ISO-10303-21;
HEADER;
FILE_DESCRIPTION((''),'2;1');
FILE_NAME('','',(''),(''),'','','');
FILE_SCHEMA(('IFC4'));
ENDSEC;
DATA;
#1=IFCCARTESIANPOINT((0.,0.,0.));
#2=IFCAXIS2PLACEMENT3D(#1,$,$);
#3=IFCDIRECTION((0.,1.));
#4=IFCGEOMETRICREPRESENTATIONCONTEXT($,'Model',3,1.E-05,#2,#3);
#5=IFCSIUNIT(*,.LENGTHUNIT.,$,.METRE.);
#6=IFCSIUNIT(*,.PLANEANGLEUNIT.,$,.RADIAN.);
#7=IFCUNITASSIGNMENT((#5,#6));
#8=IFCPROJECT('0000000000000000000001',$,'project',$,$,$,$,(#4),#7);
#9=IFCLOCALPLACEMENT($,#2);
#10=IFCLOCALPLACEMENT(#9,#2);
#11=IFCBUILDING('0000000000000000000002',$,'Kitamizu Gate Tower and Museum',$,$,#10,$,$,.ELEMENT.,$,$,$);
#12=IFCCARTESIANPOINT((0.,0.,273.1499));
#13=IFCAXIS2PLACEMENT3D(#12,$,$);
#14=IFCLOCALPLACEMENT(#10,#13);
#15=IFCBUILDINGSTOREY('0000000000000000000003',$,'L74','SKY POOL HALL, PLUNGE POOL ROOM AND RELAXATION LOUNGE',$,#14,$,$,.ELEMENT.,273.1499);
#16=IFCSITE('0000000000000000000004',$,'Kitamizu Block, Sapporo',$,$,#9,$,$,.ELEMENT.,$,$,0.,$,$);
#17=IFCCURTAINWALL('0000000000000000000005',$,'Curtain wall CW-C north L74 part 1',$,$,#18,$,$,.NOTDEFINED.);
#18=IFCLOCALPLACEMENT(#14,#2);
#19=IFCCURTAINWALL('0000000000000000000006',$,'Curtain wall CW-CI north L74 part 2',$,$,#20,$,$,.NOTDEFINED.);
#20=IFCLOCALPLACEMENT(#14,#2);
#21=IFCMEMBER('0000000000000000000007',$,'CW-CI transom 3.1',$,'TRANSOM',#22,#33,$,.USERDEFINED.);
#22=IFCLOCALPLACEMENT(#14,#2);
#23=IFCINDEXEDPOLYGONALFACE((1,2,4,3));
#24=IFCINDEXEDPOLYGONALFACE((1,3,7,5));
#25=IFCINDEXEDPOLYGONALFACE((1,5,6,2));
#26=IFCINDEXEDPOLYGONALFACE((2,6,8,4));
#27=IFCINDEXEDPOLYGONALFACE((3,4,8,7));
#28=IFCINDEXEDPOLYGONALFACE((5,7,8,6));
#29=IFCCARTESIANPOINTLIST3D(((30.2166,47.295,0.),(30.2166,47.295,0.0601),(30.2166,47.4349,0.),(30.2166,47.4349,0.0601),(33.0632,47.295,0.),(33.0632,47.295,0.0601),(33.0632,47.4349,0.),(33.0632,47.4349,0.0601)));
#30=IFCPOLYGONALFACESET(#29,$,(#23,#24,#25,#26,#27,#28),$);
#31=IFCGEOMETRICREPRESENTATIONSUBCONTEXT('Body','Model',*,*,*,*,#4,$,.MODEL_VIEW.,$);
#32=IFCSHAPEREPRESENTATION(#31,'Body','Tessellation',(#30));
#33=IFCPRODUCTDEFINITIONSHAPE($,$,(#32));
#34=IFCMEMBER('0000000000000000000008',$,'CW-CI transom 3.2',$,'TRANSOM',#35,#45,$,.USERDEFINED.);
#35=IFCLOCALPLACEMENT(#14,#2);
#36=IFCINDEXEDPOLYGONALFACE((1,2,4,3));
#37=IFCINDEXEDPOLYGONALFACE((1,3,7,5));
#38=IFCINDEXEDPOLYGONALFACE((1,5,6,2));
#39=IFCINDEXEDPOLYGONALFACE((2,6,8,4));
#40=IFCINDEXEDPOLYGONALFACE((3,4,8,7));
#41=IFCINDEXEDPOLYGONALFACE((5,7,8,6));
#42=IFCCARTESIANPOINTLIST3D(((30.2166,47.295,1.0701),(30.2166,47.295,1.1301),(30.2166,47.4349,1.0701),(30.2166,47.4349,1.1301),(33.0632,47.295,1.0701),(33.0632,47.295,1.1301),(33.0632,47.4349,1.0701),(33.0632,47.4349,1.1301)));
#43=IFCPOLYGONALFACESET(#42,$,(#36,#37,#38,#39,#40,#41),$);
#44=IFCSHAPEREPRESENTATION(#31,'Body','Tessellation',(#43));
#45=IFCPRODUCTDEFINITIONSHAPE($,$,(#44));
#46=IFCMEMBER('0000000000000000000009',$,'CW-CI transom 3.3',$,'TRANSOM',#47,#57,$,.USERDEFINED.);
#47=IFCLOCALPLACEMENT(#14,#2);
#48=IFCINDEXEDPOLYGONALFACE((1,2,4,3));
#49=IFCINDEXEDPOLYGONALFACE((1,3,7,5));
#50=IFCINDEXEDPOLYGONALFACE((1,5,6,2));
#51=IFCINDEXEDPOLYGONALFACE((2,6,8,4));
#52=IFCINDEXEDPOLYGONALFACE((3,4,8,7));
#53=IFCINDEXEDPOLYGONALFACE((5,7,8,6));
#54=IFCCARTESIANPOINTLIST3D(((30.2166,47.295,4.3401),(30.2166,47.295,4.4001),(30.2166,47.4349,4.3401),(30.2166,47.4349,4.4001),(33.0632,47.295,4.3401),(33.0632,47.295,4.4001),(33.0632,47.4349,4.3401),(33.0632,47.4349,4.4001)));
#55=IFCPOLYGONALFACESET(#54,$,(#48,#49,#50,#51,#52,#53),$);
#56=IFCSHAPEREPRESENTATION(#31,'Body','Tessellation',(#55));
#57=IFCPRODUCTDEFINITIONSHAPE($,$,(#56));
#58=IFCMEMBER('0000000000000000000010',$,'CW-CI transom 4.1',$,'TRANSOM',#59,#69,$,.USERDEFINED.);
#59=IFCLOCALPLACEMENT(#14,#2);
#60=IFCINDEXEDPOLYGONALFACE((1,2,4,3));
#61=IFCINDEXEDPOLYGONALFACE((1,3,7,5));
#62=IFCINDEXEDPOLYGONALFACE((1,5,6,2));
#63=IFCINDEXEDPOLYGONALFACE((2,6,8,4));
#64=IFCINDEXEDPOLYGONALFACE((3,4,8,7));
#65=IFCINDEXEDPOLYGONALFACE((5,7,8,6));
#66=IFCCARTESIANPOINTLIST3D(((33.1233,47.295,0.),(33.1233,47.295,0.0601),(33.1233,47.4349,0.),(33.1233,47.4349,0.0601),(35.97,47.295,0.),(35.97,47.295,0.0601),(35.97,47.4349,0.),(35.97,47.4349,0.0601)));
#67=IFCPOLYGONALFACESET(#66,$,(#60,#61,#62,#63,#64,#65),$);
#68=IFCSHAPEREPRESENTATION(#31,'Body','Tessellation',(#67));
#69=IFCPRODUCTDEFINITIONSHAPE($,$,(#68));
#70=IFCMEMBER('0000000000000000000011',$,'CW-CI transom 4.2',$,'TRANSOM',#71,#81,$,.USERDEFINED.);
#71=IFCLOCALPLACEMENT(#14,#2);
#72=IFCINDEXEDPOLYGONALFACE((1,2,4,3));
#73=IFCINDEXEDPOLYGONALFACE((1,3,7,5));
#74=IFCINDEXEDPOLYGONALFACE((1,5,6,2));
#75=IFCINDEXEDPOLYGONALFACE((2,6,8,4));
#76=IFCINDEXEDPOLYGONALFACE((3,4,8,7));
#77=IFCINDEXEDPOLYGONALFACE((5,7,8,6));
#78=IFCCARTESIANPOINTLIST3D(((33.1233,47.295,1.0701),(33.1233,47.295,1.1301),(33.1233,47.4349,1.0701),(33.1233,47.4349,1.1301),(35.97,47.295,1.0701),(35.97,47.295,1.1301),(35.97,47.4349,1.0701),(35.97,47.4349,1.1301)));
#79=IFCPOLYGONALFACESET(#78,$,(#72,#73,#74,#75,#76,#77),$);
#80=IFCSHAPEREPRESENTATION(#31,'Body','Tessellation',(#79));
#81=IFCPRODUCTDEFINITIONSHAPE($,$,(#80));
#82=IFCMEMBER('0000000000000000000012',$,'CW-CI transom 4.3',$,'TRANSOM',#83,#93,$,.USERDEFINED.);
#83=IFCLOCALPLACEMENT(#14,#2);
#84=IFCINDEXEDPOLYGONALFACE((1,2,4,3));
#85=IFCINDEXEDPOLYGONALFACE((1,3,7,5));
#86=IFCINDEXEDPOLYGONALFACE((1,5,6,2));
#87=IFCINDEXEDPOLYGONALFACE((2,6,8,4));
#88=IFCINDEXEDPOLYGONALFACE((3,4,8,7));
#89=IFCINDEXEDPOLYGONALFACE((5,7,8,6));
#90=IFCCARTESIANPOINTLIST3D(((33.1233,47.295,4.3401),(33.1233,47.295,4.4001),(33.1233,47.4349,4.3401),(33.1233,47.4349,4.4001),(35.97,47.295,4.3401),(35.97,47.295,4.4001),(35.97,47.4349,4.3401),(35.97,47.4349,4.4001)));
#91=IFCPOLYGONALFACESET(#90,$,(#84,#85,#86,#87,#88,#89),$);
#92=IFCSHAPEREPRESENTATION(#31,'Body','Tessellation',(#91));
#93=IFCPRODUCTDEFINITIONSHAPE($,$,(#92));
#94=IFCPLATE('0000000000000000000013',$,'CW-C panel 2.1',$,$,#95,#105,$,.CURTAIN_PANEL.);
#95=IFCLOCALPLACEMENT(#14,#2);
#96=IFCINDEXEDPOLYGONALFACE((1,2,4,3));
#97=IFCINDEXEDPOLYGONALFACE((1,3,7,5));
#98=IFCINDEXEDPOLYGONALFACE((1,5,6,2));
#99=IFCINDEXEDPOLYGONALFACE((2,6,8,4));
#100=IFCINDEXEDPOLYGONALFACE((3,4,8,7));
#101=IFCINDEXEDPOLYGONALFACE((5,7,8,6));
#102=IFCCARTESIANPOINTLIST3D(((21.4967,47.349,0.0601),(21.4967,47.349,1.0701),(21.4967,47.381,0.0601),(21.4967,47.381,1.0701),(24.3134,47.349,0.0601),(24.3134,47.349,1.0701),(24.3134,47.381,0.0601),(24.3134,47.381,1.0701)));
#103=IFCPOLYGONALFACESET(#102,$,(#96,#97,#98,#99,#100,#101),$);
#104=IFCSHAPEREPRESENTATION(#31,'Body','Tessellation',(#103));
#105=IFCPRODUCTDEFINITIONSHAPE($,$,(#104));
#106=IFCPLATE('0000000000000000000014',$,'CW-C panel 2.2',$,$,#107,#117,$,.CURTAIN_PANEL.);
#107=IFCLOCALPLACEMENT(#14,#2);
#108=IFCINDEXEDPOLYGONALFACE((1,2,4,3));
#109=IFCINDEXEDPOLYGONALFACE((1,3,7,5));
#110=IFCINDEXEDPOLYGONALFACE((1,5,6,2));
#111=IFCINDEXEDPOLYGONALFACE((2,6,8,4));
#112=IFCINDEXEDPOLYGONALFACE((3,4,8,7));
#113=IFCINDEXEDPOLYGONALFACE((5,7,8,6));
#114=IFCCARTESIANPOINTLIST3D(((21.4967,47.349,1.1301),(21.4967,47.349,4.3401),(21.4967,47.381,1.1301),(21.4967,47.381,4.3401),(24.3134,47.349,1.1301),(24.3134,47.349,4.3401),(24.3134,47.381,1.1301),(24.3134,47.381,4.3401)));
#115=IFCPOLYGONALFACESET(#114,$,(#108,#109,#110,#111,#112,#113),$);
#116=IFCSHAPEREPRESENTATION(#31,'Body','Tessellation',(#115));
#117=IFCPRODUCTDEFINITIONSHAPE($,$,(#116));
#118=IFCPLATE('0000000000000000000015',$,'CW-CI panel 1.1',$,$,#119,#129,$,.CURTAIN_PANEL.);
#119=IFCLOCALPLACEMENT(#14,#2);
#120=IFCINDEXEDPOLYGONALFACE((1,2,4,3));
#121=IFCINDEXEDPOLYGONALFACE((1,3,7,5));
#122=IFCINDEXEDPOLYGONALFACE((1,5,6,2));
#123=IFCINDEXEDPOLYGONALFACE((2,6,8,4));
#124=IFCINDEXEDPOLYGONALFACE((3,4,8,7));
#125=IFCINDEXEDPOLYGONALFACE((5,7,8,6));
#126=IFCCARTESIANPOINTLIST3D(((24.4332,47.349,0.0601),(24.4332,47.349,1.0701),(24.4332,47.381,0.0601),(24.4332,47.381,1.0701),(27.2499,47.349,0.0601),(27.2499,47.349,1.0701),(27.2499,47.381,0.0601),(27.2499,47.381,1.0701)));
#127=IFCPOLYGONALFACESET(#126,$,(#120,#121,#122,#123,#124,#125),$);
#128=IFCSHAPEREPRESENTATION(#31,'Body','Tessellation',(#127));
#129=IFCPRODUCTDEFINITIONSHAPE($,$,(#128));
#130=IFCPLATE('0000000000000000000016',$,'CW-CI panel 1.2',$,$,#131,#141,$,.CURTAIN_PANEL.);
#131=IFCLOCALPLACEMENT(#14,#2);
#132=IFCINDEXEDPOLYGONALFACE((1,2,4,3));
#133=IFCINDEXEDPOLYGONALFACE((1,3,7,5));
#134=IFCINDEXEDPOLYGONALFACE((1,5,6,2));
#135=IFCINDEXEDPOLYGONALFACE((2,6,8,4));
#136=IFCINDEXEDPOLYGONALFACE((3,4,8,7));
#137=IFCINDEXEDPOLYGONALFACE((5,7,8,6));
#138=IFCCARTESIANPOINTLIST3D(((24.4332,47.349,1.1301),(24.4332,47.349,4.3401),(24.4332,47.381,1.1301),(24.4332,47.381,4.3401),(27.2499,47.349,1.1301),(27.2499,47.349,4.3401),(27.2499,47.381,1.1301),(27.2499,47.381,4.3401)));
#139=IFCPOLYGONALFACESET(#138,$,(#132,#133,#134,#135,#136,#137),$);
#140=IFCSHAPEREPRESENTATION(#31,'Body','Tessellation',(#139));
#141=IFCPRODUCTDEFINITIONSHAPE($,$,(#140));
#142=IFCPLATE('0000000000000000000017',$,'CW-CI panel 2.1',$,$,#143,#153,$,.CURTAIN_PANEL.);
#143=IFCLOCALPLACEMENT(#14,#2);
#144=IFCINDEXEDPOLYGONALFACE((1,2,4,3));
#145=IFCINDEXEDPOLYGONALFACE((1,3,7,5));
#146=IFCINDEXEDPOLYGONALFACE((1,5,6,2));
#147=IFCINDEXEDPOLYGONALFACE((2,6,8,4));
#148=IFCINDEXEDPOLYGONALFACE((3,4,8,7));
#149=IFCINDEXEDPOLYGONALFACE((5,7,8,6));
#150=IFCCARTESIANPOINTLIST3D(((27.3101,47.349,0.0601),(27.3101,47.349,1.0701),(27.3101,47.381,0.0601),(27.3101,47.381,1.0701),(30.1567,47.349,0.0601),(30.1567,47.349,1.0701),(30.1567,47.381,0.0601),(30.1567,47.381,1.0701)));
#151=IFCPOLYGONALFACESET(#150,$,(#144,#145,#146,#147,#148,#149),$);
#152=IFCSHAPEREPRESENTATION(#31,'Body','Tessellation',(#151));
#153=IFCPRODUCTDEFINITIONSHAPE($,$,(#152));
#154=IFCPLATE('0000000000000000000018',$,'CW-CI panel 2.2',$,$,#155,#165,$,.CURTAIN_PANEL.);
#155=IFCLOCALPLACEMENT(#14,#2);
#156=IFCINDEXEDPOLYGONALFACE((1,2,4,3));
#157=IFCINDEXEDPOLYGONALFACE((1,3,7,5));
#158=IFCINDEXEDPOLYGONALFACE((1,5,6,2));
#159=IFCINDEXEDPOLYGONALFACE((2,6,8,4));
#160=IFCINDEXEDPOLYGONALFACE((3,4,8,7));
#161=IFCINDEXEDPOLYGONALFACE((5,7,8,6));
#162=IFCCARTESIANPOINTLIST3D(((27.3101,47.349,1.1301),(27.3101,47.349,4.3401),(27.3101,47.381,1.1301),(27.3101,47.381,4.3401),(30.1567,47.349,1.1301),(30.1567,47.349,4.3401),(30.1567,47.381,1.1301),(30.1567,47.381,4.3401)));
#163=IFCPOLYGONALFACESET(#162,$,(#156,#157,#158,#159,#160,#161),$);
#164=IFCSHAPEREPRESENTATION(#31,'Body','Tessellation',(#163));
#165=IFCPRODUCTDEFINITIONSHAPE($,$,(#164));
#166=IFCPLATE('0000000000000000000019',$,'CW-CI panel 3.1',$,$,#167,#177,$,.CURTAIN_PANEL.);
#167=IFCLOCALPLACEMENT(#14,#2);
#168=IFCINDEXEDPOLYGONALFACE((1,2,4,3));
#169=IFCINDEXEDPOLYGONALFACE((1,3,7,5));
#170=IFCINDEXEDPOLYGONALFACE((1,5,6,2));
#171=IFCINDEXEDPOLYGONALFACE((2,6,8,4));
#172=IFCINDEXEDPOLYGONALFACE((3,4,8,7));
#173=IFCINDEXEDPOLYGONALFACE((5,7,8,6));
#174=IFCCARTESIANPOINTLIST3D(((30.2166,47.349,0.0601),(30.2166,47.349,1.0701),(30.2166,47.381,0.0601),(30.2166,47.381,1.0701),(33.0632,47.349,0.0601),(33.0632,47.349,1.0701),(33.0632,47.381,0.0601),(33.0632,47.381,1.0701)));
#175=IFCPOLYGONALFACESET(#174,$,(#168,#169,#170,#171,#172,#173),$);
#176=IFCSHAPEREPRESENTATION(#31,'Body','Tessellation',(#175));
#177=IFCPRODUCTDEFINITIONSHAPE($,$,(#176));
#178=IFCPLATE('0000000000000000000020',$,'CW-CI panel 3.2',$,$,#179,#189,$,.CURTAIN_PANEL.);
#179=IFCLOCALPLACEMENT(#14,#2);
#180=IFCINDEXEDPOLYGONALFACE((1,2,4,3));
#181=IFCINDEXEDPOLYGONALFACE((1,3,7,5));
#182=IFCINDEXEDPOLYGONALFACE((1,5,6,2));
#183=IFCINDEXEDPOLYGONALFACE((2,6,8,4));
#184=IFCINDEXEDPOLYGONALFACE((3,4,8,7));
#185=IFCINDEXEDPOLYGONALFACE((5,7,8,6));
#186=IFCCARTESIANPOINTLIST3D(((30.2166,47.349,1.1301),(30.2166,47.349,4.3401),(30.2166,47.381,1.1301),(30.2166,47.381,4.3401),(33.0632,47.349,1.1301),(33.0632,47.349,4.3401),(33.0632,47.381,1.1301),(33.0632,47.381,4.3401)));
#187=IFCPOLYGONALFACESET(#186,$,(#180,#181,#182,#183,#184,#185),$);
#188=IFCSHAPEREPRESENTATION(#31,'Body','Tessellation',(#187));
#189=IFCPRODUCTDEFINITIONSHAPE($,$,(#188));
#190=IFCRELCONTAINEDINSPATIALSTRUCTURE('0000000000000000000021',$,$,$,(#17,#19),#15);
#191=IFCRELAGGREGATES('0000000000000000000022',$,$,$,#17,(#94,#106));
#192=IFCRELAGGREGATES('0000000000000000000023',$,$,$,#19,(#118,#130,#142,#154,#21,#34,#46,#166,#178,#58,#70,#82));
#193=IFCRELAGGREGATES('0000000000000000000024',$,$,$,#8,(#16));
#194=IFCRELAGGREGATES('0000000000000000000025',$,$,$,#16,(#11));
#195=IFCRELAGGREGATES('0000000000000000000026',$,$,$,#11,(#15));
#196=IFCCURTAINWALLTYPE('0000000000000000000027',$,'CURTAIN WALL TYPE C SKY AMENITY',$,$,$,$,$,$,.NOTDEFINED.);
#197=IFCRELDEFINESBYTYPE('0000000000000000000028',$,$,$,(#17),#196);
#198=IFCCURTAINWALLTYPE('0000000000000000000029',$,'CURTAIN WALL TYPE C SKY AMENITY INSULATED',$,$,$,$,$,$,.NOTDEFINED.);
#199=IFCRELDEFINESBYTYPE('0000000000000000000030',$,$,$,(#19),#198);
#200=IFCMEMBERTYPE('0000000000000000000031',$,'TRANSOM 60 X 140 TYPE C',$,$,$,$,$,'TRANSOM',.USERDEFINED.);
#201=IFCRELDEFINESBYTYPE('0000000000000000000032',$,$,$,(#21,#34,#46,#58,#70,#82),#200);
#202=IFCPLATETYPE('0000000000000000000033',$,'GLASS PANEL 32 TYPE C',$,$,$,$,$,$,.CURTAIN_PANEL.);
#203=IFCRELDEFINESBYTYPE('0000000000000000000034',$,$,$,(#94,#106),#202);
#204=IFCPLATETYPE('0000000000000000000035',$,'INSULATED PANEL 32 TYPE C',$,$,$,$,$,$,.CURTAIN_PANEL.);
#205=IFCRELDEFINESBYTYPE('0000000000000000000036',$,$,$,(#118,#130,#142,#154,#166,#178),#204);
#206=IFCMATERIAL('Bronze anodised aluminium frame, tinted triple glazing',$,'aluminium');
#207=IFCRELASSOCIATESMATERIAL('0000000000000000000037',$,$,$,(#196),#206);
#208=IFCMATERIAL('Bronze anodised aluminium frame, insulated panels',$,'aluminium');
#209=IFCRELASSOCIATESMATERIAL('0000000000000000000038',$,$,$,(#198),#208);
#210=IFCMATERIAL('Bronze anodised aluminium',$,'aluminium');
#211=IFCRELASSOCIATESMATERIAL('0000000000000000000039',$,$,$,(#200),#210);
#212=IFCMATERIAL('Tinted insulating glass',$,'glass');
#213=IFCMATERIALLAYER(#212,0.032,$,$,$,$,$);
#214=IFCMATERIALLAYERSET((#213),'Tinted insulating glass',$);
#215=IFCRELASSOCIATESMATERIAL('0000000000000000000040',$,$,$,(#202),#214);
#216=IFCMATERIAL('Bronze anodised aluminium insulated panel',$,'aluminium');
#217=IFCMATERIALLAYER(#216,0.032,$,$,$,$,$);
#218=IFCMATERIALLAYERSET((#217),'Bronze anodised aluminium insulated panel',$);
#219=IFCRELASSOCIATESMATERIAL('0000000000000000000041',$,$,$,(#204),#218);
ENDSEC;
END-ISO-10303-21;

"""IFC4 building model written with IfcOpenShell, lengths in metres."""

from ifc_helpers import new_model, si_unit, direction, frame, origin, origin_2d, place, context, subcontext, project, spatial, rectangle, extrude, material, layer, layer_set, material_profile, profile_set, type_object, element, aggregate, save


model = new_model("IFC4")

# Units and contexts
model_context = context("Model", 3, precision=1e-05, world=origin(), true_north=direction((0.0, 1.0)))
body_context = subcontext(model_context, "Body", "Model", "MODEL_VIEW")
ifc_project = project(units=[si_unit("LENGTHUNIT", "METRE"), si_unit("PLANEANGLEUNIT", "RADIAN")], contexts=[model_context])

# Site, building, storey
site_placement = place(None, origin())
site = spatial("IfcSite", under=ifc_project, at=site_placement, Name="Kitamizu Block, Sapporo", CompositionType="ELEMENT", RefElevation=0.0)
building_placement = place(site_placement, origin())
building = spatial("IfcBuilding", under=site, at=building_placement, Name="Kitamizu Gate Tower and Museum", CompositionType="ELEMENT")
storey_placement = place(building_placement, frame((0.0, 0.0, 273.1499)))
storey = spatial("IfcBuildingStorey", under=building, at=storey_placement, Name="L74", Description="SKY POOL HALL, PLUNGE POOL ROOM AND RELAXATION LOUNGE", CompositionType="ELEMENT", Elevation=273.1499)

# Curtain wall
ifc_material_1 = material(Name="Bronze anodised aluminium frame, tinted triple glazing", Category="aluminium")
curtain_wall_type_1 = type_object("IfcCurtainWallType", Name="CURTAIN WALL TYPE C SKY AMENITY", PredefinedType="NOTDEFINED", material=ifc_material_1)
curtain_wall_1_placement = place(storey_placement, origin())
curtain_wall_1 = element("IfcCurtainWall", 1, at=curtain_wall_1_placement, inside=storey, type_object=curtain_wall_type_1, Name="Curtain wall CW-C north L74 part 1", PredefinedType="NOTDEFINED")

# Curtain wall, members
ifc_material_2 = material(Name="Bronze anodised aluminium frame, insulated panels", Category="aluminium")
curtain_wall_type_2 = type_object("IfcCurtainWallType", Name="CURTAIN WALL TYPE C SKY AMENITY INSULATED", PredefinedType="NOTDEFINED", material=ifc_material_2)
curtain_wall_2_placement = place(storey_placement, origin())
curtain_wall_2 = element("IfcCurtainWall", 2, at=curtain_wall_2_placement, inside=storey, type_object=curtain_wall_type_2, Name="Curtain wall CW-CI north L74 part 2", PredefinedType="NOTDEFINED")
ifc_material_3 = material(Name="Bronze anodised aluminium", Category="aluminium")
ifc_material_profile_1 = material_profile(ifc_material_3, rectangle(XDim=0.1399, YDim=0.0601, at=origin_2d()), Name="AL 60X140")
ifc_profile_set_1 = profile_set([ifc_material_profile_1], Name="Bronze anodised aluminium")
member_type_1 = type_object("IfcMemberType", Name="TRANSOM 60 X 140 TYPE C", ElementType="TRANSOM", PredefinedType="USERDEFINED", material=ifc_profile_set_1)
member_1_placement = place(storey_placement, frame((30.2166, 47.365, 0.03), z_axis=(1.0, 0.0, 0.0), x_axis=(0.0, 1.0, 0.0)))
member_1 = element("IfcMember", 3, at=member_1_placement, type_object=member_type_1, Name="CW-CI transom 3.1", ObjectType="TRANSOM", PredefinedType="USERDEFINED", context=body_context, shape_type="SweptSolid", body=[
    extrude(rectangle(XDim=0.1399, YDim=0.0601, at=origin_2d()), origin(), (0.0, 0.0, 1.0), 2.8467),
])
member_2_placement = place(storey_placement, frame((30.2166, 47.365, 1.1001), z_axis=(1.0, 0.0, 0.0), x_axis=(0.0, 1.0, 0.0)))
member_2 = element("IfcMember", 4, at=member_2_placement, type_object=member_type_1, Name="CW-CI transom 3.2", ObjectType="TRANSOM", PredefinedType="USERDEFINED", context=body_context, shape_type="SweptSolid", body=[
    extrude(rectangle(XDim=0.1399, YDim=0.0601, at=origin_2d()), origin(), (0.0, 0.0, 1.0), 2.8467),
])
member_3_placement = place(storey_placement, frame((30.2166, 47.365, 4.3701), z_axis=(1.0, 0.0, 0.0), x_axis=(0.0, 1.0, 0.0)))
member_3 = element("IfcMember", 5, at=member_3_placement, type_object=member_type_1, Name="CW-CI transom 3.3", ObjectType="TRANSOM", PredefinedType="USERDEFINED", context=body_context, shape_type="SweptSolid", body=[
    extrude(rectangle(XDim=0.1399, YDim=0.0601, at=origin_2d()), origin(), (0.0, 0.0, 1.0), 2.8467),
])
member_4_placement = place(storey_placement, frame((33.1233, 47.365, 0.03), z_axis=(1.0, 0.0, 0.0), x_axis=(0.0, 1.0, 0.0)))
member_4 = element("IfcMember", 6, at=member_4_placement, type_object=member_type_1, Name="CW-CI transom 4.1", ObjectType="TRANSOM", PredefinedType="USERDEFINED", context=body_context, shape_type="SweptSolid", body=[
    extrude(rectangle(XDim=0.1399, YDim=0.0601, at=origin_2d()), origin(), (0.0, 0.0, 1.0), 2.8467),
])
member_5_placement = place(storey_placement, frame((33.1233, 47.365, 1.1001), z_axis=(1.0, 0.0, 0.0), x_axis=(0.0, 1.0, 0.0)))
member_5 = element("IfcMember", 7, at=member_5_placement, type_object=member_type_1, Name="CW-CI transom 4.2", ObjectType="TRANSOM", PredefinedType="USERDEFINED", context=body_context, shape_type="SweptSolid", body=[
    extrude(rectangle(XDim=0.1399, YDim=0.0601, at=origin_2d()), origin(), (0.0, 0.0, 1.0), 2.8467),
])
member_6_placement = place(storey_placement, frame((33.1233, 47.365, 4.3701), z_axis=(1.0, 0.0, 0.0), x_axis=(0.0, 1.0, 0.0)))
member_6 = element("IfcMember", 8, at=member_6_placement, type_object=member_type_1, Name="CW-CI transom 4.3", ObjectType="TRANSOM", PredefinedType="USERDEFINED", context=body_context, shape_type="SweptSolid", body=[
    extrude(rectangle(XDim=0.1399, YDim=0.0601, at=origin_2d()), origin(), (0.0, 0.0, 1.0), 2.8467),
])

# Plates
ifc_material_4 = material(Name="Tinted insulating glass", Category="glass")
ifc_layer_1 = layer(ifc_material_4, 0.032)
ifc_layer_set_1 = layer_set([ifc_layer_1], Name="Tinted insulating glass")
plate_type_1 = type_object("IfcPlateType", Name="GLASS PANEL 32 TYPE C", PredefinedType="CURTAIN_PANEL", material=ifc_layer_set_1)
plate_1_placement = place(storey_placement, frame((22.905, 47.365, 0.0601), z_axis=(0.0, 0.0, 1.0), x_axis=(1.0, 0.0, 0.0)))
plate_1 = element("IfcPlate", 9, at=plate_1_placement, type_object=plate_type_1, Name="CW-C panel 2.1", PredefinedType="CURTAIN_PANEL", context=body_context, shape_type="SweptSolid", body=[
    extrude(rectangle(XDim=2.8167, YDim=0.032, at=origin_2d()), origin(), (0.0, 0.0, 1.0), 1.01),
])
plate_2_placement = place(storey_placement, frame((22.905, 47.365, 1.1301), z_axis=(0.0, 0.0, 1.0), x_axis=(1.0, 0.0, 0.0)))
plate_2 = element("IfcPlate", 10, at=plate_2_placement, type_object=plate_type_1, Name="CW-C panel 2.2", PredefinedType="CURTAIN_PANEL", context=body_context, shape_type="SweptSolid", body=[
    extrude(rectangle(XDim=2.8167, YDim=0.032, at=origin_2d()), origin(), (0.0, 0.0, 1.0), 3.21),
])
aggregate(curtain_wall_1, [plate_1, plate_2])
ifc_material_5 = material(Name="Bronze anodised aluminium insulated panel", Category="aluminium")
ifc_layer_2 = layer(ifc_material_5, 0.032)
ifc_layer_set_2 = layer_set([ifc_layer_2], Name="Bronze anodised aluminium insulated panel")
plate_type_2 = type_object("IfcPlateType", Name="INSULATED PANEL 32 TYPE C", PredefinedType="CURTAIN_PANEL", material=ifc_layer_set_2)
plate_3_placement = place(storey_placement, frame((25.8416, 47.365, 0.0601), z_axis=(0.0, 0.0, 1.0), x_axis=(1.0, 0.0, 0.0)))
plate_3 = element("IfcPlate", 11, at=plate_3_placement, type_object=plate_type_2, Name="CW-CI panel 1.1", PredefinedType="CURTAIN_PANEL", context=body_context, shape_type="SweptSolid", body=[
    extrude(rectangle(XDim=2.8167, YDim=0.032, at=origin_2d()), origin(), (0.0, 0.0, 1.0), 1.01),
])
plate_4_placement = place(storey_placement, frame((25.8416, 47.365, 1.1301), z_axis=(0.0, 0.0, 1.0), x_axis=(1.0, 0.0, 0.0)))
plate_4 = element("IfcPlate", 12, at=plate_4_placement, type_object=plate_type_2, Name="CW-CI panel 1.2", PredefinedType="CURTAIN_PANEL", context=body_context, shape_type="SweptSolid", body=[
    extrude(rectangle(XDim=2.8167, YDim=0.032, at=origin_2d()), origin(), (0.0, 0.0, 1.0), 3.21),
])
plate_5_placement = place(storey_placement, frame((28.7334, 47.365, 0.0601), z_axis=(0.0, 0.0, 1.0), x_axis=(1.0, 0.0, 0.0)))
plate_5 = element("IfcPlate", 13, at=plate_5_placement, type_object=plate_type_2, Name="CW-CI panel 2.1", PredefinedType="CURTAIN_PANEL", context=body_context, shape_type="SweptSolid", body=[
    extrude(rectangle(XDim=2.8467, YDim=0.032, at=origin_2d()), origin(), (0.0, 0.0, 1.0), 1.01),
])
plate_6_placement = place(storey_placement, frame((28.7334, 47.365, 1.1301), z_axis=(0.0, 0.0, 1.0), x_axis=(1.0, 0.0, 0.0)))
plate_6 = element("IfcPlate", 14, at=plate_6_placement, type_object=plate_type_2, Name="CW-CI panel 2.2", PredefinedType="CURTAIN_PANEL", context=body_context, shape_type="SweptSolid", body=[
    extrude(rectangle(XDim=2.8467, YDim=0.032, at=origin_2d()), origin(), (0.0, 0.0, 1.0), 3.21),
])
plate_7_placement = place(storey_placement, frame((31.6399, 47.365, 0.0601), z_axis=(0.0, 0.0, 1.0), x_axis=(1.0, 0.0, 0.0)))
plate_7 = element("IfcPlate", 15, at=plate_7_placement, type_object=plate_type_2, Name="CW-CI panel 3.1", PredefinedType="CURTAIN_PANEL", context=body_context, shape_type="SweptSolid", body=[
    extrude(rectangle(XDim=2.8467, YDim=0.032, at=origin_2d()), origin(), (0.0, 0.0, 1.0), 1.01),
])
plate_8_placement = place(storey_placement, frame((31.6399, 47.365, 1.1301), z_axis=(0.0, 0.0, 1.0), x_axis=(1.0, 0.0, 0.0)))
plate_8 = element("IfcPlate", 16, at=plate_8_placement, type_object=plate_type_2, Name="CW-CI panel 3.2", PredefinedType="CURTAIN_PANEL", context=body_context, shape_type="SweptSolid", body=[
    extrude(rectangle(XDim=2.8467, YDim=0.032, at=origin_2d()), origin(), (0.0, 0.0, 1.0), 3.21),
])
aggregate(curtain_wall_2, [plate_3, plate_4, plate_5, plate_6, member_1, member_2, member_3, plate_7, plate_8, member_4, member_5, member_6])

save(model, "model.ifc")
